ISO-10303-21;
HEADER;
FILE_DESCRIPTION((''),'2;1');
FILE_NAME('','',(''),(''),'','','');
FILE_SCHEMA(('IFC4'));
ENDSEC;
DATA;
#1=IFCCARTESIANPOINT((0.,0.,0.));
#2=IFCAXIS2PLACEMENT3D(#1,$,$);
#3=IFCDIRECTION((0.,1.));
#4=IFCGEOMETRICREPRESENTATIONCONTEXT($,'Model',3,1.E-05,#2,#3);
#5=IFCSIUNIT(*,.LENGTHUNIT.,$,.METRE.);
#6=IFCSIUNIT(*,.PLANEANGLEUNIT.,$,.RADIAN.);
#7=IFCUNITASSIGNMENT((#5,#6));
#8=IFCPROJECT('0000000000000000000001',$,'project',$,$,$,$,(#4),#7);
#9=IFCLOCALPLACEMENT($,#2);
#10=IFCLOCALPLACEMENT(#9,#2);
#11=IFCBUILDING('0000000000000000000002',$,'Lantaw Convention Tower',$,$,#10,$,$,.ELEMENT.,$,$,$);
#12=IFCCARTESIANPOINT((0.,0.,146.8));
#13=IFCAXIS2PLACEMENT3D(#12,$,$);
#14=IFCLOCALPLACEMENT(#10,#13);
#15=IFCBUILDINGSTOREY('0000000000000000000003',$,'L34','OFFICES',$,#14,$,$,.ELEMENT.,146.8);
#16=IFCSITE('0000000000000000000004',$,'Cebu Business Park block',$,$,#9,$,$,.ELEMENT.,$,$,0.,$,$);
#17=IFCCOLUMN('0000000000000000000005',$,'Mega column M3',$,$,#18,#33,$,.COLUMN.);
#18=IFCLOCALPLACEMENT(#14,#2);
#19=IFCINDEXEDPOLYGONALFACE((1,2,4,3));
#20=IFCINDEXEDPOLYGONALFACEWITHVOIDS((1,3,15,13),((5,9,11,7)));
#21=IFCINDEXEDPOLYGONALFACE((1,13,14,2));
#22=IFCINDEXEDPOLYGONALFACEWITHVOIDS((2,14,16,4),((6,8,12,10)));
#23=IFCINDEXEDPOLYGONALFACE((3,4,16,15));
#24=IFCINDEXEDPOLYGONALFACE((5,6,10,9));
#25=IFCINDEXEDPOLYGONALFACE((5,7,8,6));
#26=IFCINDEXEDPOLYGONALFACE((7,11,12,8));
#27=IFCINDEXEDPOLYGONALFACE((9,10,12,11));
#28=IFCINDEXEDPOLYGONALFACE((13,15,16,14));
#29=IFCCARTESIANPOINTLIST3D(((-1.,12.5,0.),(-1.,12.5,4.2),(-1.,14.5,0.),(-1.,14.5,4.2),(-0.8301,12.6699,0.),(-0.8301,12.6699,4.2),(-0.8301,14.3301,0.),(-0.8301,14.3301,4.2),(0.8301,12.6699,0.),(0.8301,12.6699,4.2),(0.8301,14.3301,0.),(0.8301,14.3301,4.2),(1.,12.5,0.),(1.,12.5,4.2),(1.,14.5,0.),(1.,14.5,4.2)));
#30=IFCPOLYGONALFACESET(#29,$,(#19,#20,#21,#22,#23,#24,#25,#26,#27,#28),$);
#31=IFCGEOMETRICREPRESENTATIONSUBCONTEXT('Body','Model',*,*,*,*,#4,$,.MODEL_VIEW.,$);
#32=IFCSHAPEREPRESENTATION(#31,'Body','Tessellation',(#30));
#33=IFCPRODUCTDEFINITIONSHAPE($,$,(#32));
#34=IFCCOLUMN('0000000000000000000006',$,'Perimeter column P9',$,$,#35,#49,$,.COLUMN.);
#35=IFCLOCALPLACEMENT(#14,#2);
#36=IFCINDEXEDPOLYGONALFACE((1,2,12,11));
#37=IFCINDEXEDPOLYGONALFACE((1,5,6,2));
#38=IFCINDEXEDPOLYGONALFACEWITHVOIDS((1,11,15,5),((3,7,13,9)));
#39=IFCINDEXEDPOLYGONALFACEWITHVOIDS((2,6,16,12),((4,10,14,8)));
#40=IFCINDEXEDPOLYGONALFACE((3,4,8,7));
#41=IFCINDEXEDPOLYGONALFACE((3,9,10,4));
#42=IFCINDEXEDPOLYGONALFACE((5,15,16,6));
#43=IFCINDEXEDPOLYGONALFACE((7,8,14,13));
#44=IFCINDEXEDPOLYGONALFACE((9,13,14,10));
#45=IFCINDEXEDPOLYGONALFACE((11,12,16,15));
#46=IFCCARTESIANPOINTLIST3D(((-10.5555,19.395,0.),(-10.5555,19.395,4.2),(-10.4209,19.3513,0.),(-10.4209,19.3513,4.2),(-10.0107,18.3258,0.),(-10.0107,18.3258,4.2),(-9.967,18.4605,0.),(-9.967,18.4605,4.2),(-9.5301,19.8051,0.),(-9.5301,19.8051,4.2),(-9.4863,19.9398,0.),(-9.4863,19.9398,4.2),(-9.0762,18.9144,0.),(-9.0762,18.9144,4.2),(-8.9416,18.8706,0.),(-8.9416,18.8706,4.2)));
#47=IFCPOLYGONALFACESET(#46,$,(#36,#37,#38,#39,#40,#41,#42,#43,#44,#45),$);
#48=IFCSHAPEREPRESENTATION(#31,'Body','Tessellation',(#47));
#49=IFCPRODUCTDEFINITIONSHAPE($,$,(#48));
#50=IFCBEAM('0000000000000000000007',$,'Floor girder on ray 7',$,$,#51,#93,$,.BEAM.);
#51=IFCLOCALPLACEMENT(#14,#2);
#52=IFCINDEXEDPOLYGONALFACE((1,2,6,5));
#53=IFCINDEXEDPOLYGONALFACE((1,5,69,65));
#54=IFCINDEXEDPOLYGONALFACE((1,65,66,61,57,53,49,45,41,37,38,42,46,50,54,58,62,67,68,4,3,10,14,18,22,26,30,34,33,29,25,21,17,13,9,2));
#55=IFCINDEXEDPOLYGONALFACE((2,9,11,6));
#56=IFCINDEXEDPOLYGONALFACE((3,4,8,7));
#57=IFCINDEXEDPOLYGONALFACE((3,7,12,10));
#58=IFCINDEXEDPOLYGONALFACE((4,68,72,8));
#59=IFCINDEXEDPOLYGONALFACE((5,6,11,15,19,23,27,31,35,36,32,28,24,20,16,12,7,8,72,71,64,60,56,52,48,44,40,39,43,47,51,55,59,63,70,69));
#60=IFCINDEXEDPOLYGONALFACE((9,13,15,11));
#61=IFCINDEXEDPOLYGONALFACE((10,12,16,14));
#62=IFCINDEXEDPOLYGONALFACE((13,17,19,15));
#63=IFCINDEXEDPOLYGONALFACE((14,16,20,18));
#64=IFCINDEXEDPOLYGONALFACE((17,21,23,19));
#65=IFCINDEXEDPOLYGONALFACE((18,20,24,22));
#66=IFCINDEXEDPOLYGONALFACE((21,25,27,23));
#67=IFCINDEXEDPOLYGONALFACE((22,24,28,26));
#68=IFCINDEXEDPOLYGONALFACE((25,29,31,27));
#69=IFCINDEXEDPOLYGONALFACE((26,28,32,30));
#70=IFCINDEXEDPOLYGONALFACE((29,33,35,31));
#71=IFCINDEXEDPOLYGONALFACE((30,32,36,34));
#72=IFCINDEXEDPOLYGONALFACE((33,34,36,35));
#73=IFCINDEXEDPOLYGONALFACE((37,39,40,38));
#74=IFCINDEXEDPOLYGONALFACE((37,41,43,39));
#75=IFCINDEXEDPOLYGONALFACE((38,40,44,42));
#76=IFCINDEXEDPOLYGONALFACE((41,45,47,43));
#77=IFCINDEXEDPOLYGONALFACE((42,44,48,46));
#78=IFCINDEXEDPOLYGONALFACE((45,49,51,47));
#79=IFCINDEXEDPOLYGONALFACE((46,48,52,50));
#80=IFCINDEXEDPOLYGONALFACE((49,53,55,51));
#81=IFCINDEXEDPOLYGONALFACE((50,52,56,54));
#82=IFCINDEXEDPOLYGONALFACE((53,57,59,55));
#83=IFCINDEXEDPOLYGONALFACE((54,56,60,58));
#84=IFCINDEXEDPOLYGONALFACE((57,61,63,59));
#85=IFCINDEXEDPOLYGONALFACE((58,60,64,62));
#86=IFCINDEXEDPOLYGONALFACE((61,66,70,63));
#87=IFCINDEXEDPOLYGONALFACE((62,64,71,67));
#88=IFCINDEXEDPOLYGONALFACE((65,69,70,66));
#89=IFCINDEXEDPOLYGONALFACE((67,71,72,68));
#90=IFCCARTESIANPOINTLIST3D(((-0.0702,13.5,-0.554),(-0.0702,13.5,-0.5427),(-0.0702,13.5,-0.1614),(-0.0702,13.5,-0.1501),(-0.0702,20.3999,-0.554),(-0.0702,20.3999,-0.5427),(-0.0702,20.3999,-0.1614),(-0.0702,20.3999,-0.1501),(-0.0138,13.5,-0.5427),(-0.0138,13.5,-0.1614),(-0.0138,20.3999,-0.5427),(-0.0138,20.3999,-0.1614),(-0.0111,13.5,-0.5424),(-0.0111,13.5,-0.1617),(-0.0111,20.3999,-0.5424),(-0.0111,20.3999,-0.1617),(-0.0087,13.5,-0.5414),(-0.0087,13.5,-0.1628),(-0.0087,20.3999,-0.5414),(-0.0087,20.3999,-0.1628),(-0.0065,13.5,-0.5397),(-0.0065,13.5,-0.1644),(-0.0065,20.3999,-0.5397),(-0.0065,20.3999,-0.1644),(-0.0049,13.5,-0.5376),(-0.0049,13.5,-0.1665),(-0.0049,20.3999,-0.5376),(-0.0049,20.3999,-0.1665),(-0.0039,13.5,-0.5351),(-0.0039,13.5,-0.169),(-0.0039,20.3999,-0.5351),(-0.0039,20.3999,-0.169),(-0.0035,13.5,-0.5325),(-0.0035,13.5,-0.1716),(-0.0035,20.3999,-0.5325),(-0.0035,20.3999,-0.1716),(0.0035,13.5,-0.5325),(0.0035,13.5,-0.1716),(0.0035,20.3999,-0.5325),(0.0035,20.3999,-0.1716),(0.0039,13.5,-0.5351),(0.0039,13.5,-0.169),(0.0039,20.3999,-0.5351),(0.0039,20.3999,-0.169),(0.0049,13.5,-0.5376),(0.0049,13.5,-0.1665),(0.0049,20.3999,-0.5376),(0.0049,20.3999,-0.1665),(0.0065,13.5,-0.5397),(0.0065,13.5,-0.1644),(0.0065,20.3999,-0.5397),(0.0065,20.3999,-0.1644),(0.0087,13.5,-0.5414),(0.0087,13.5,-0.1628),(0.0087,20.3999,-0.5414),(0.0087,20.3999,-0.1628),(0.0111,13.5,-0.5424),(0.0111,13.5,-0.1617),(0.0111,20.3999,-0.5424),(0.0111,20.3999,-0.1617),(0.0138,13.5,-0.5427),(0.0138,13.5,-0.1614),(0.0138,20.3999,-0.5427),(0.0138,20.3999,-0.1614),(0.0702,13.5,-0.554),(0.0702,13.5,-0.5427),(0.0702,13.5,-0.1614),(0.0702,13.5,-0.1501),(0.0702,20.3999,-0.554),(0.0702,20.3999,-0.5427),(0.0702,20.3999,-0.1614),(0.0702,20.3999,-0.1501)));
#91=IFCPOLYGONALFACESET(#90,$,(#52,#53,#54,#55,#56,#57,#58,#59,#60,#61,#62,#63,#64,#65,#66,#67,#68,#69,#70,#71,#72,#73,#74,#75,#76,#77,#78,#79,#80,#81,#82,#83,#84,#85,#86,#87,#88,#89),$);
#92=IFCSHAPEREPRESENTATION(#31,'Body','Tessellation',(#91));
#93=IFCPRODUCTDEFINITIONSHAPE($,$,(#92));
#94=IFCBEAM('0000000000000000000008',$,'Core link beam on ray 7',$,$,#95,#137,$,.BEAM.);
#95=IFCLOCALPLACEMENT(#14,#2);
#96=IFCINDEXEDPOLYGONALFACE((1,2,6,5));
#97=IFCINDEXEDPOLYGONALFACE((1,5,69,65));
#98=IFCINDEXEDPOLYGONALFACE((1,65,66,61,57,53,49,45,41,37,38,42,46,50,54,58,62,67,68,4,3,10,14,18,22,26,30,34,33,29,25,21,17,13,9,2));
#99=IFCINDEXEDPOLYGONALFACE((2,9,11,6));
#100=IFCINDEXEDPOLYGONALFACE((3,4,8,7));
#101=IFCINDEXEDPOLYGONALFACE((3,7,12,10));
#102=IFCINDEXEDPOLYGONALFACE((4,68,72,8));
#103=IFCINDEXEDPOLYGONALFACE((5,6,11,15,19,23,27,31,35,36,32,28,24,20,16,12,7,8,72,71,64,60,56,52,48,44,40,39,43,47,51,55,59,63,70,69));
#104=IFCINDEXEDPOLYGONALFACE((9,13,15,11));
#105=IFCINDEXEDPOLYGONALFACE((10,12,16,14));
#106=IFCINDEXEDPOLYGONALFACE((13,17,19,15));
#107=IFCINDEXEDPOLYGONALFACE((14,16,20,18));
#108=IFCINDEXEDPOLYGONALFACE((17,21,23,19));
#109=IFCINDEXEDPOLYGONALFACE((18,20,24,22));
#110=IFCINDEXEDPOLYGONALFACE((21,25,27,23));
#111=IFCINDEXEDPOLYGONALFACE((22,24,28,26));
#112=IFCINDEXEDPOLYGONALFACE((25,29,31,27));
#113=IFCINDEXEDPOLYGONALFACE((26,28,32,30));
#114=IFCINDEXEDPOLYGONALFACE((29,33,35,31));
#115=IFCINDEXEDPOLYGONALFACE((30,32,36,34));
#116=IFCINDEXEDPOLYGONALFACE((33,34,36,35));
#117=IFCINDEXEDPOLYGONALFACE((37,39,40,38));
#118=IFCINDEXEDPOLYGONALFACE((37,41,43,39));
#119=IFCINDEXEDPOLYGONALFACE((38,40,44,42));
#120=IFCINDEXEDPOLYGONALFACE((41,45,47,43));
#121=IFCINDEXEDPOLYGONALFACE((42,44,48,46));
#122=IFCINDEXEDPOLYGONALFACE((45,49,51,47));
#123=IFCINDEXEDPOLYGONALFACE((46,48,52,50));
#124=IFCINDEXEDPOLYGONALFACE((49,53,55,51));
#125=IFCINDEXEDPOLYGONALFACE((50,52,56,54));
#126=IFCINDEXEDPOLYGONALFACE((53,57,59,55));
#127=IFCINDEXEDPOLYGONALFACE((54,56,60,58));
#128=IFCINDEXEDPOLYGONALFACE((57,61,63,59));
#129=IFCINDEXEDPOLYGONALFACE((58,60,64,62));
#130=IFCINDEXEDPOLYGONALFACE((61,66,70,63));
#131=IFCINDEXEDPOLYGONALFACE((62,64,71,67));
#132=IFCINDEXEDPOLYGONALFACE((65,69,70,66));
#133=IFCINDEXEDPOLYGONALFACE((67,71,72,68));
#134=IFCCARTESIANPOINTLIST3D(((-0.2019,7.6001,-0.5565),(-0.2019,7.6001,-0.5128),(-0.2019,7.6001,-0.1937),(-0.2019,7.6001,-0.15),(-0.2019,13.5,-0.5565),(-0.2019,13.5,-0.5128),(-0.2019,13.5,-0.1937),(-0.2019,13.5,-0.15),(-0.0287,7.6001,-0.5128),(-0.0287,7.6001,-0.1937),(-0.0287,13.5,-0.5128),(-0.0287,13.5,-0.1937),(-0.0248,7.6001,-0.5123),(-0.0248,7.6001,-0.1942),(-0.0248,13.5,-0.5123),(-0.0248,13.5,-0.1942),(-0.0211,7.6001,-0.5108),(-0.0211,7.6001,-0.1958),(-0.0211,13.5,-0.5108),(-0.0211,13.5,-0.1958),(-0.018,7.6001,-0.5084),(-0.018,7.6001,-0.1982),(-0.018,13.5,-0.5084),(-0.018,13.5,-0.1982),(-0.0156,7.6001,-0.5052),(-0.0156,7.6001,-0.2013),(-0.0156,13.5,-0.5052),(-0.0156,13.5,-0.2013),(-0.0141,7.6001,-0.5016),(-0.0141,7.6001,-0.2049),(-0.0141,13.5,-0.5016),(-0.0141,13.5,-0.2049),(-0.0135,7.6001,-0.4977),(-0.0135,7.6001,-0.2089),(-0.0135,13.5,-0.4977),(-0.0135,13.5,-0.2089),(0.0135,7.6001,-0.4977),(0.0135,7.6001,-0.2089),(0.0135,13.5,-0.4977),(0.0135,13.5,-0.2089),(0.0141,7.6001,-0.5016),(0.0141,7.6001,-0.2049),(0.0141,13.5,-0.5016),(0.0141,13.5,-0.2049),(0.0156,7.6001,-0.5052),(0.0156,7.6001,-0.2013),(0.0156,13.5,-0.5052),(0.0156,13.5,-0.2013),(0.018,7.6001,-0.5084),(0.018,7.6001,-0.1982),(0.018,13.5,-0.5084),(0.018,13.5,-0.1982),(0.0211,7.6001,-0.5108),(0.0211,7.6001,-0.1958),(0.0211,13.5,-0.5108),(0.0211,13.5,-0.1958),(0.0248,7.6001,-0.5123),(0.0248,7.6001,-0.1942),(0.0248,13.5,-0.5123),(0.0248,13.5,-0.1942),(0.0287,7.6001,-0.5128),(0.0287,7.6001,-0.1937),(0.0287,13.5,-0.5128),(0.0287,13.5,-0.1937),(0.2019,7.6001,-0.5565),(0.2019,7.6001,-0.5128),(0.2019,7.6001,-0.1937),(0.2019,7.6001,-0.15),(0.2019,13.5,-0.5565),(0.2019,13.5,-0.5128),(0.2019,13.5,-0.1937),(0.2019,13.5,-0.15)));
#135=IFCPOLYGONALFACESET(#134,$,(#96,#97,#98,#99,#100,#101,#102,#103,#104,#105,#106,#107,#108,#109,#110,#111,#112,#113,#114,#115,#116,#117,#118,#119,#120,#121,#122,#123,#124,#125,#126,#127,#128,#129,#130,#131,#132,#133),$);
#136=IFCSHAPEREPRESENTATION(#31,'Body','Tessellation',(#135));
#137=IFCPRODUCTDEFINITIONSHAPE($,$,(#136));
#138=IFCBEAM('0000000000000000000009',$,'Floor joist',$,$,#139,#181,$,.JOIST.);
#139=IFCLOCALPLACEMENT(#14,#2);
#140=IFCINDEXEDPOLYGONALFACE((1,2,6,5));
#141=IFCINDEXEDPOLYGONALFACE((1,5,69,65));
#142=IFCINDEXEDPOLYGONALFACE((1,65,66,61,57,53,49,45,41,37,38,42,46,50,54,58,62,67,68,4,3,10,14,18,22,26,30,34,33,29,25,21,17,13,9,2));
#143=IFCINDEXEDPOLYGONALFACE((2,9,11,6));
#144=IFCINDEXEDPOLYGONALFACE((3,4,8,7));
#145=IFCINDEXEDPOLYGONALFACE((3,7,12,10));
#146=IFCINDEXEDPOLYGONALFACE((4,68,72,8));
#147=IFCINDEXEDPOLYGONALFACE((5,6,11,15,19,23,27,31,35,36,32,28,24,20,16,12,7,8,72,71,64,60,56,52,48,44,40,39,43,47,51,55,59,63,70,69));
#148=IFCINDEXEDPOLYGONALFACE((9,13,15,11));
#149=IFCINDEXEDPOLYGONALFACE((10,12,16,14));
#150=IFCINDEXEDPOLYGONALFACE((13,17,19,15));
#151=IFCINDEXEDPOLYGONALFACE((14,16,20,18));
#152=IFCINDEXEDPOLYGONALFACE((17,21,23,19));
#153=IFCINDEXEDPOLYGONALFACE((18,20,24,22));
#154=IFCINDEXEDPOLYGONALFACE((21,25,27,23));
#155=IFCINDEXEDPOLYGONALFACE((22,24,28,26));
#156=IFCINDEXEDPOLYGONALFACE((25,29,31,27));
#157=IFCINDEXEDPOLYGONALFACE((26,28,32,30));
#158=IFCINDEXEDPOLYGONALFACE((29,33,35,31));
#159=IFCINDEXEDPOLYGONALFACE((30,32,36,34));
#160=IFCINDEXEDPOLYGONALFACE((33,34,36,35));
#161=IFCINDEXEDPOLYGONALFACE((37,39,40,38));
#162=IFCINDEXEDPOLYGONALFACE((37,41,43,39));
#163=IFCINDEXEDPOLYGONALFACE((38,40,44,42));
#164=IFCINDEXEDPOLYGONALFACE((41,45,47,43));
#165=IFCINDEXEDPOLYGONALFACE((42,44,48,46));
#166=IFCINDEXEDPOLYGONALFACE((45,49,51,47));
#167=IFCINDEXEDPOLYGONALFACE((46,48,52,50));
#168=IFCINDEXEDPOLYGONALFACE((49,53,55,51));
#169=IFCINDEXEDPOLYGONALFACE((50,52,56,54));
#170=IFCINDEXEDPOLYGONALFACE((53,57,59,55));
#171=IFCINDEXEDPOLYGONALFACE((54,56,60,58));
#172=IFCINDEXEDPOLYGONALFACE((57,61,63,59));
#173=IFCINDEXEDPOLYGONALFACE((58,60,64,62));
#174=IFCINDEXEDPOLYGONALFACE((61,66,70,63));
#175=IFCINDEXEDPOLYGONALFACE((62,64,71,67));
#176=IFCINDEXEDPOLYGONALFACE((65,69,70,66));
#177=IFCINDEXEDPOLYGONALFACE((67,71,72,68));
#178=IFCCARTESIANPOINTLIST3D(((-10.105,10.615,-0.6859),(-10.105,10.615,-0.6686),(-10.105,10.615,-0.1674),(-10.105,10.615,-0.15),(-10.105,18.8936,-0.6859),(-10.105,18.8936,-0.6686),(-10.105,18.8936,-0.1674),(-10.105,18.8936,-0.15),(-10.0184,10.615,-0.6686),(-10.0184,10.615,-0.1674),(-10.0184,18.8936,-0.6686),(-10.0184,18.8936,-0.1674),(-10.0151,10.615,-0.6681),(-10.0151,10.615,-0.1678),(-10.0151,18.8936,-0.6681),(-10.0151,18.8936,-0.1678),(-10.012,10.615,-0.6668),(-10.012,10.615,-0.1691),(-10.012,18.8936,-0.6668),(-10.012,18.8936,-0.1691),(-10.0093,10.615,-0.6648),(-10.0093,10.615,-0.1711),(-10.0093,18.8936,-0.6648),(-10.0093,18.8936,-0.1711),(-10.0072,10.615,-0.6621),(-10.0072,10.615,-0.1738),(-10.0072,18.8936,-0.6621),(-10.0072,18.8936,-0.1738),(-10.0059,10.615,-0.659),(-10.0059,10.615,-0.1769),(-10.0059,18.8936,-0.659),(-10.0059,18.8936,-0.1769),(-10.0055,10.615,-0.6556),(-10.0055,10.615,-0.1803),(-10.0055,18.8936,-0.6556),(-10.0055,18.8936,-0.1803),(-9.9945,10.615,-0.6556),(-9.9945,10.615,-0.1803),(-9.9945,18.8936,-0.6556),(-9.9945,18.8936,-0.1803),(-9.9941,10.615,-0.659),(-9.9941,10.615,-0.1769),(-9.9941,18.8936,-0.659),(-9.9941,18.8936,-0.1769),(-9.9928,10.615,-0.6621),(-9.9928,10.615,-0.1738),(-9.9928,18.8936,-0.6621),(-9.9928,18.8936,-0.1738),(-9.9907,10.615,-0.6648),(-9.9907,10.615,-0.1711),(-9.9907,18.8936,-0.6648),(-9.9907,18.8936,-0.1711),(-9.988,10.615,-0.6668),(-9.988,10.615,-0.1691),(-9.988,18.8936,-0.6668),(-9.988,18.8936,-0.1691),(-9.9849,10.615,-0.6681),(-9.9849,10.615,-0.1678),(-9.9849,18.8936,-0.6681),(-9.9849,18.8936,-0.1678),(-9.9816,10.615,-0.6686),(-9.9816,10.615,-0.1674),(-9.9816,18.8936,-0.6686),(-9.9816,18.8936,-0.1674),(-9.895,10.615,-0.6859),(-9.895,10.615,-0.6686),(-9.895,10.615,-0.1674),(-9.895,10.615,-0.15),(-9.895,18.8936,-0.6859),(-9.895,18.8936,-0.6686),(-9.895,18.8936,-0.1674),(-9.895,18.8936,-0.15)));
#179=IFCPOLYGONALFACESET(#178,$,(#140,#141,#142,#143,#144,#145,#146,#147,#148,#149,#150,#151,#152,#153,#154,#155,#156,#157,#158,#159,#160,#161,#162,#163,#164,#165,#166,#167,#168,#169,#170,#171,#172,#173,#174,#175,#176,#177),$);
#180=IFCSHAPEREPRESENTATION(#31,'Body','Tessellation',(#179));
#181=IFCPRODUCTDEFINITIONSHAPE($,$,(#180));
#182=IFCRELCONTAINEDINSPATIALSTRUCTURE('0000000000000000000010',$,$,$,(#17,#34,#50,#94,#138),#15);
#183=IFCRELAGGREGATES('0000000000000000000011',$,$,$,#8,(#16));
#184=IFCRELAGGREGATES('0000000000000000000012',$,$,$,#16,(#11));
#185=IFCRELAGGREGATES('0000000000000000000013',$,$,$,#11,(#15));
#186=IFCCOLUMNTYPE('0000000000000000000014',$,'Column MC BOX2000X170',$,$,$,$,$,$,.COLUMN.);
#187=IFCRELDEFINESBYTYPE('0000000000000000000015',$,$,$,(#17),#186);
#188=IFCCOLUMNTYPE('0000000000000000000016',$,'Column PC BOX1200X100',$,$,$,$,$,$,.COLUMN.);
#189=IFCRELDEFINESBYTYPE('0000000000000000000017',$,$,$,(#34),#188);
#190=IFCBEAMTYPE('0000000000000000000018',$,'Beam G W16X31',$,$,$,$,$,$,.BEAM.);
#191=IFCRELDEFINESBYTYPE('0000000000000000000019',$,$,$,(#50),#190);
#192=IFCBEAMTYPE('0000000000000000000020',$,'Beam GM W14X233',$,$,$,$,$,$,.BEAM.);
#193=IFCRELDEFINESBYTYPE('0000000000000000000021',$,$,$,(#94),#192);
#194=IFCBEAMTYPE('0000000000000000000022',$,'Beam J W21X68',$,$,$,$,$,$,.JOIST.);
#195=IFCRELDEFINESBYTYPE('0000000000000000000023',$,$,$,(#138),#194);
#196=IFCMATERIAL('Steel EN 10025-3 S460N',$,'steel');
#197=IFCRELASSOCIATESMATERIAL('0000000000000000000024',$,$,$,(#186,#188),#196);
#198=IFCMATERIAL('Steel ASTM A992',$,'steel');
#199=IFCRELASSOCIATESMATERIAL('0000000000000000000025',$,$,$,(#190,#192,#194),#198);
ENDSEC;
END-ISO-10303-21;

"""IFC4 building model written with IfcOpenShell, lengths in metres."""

from ifc_helpers import new_model, si_unit, direction, frame, origin, origin_2d, place, context, subcontext, project, spatial, rectangle, hollow_rectangle, i_section, extrude, material, material_profile, profile_set, type_object, element, save


model = new_model("IFC4")

# Units and contexts
model_context = context("Model", 3, precision=1e-05, world=origin(), true_north=direction((0.0, 1.0)))
body_context = subcontext(model_context, "Body", "Model", "MODEL_VIEW")
ifc_project = project(units=[si_unit("LENGTHUNIT", "METRE"), si_unit("PLANEANGLEUNIT", "RADIAN")], contexts=[model_context])

# Site, building, storey
site_placement = place(None, origin())
site = spatial("IfcSite", under=ifc_project, at=site_placement, Name="Cebu Business Park block", CompositionType="ELEMENT", RefElevation=0.0)
building_placement = place(site_placement, origin())
building = spatial("IfcBuilding", under=site, at=building_placement, Name="Lantaw Convention Tower", CompositionType="ELEMENT")
storey_placement = place(building_placement, frame((0.0, 0.0, 146.8)))
storey = spatial("IfcBuildingStorey", under=building, at=storey_placement, Name="L34", Description="OFFICES", CompositionType="ELEMENT", Elevation=146.8)

# Columns
ifc_material_1 = material(Name="Steel EN 10025-3 S460N", Category="steel")
ifc_material_profile_1 = material_profile(ifc_material_1, hollow_rectangle(XDim=2.0, YDim=2.0, WallThickness=0.1699, at=origin_2d()), Name="BOX2000X170")
ifc_material_2 = material(Name="Concrete C60/75", Category="concrete")
ifc_material_profile_2 = material_profile(ifc_material_2, rectangle(XDim=1.6599, YDim=1.6599, at=origin_2d()), Name="Concrete fill of BOX2000X170")
ifc_profile_set_1 = profile_set([ifc_material_profile_1, ifc_material_profile_2], Name="Steel EN 10025-3 S460N")
column_type_1 = type_object("IfcColumnType", Name="Column MC BOX2000X170", PredefinedType="COLUMN", material=ifc_profile_set_1)
column_1_placement = place(storey_placement, frame((0.0, 13.5, 0.0), z_axis=(0.0, 0.0, 1.0), x_axis=(1.0, 0.0, 0.0)))
element("IfcColumn", 1, at=column_1_placement, inside=storey, type_object=column_type_1, Name="Mega column M3", PredefinedType="COLUMN", context=body_context, shape_type="SweptSolid", body=[
    extrude(hollow_rectangle(XDim=2.0, YDim=2.0, WallThickness=0.1699, at=origin_2d()), origin(), (0.0, 0.0, 1.0), 4.2),
])
ifc_material_profile_3 = material_profile(ifc_material_1, hollow_rectangle(XDim=1.2, YDim=1.2, WallThickness=0.1001, at=origin_2d()), Name="BOX1200X100")
ifc_material_profile_4 = material_profile(ifc_material_2, rectangle(XDim=1.0, YDim=1.0, at=origin_2d()), Name="Concrete fill of BOX1200X100")
ifc_profile_set_2 = profile_set([ifc_material_profile_3, ifc_material_profile_4], Name="Steel EN 10025-3 S460N")
column_type_2 = type_object("IfcColumnType", Name="Column PC BOX1200X100", PredefinedType="COLUMN", material=ifc_profile_set_2)
column_2_placement = place(storey_placement, frame((-9.7485, 19.1328, 0.0), z_axis=(0.0, 0.0, 1.0), x_axis=(0.891007, 0.45399, 0.0)))
element("IfcColumn", 2, at=column_2_placement, inside=storey, type_object=column_type_2, Name="Perimeter column P9", PredefinedType="COLUMN", context=body_context, shape_type="SweptSolid", body=[
    extrude(hollow_rectangle(XDim=1.2, YDim=1.2, WallThickness=0.1001, at=origin_2d()), origin(), (0.0, 0.0, 1.0), 4.2),
])

# Beams
ifc_material_3 = material(Name="Steel ASTM A992", Category="steel")
ifc_material_profile_5 = material_profile(ifc_material_3, i_section(OverallWidth=0.1404, OverallDepth=0.4038, WebThickness=0.0071, FlangeThickness=0.0112, FilletRadius=0.0103, at=origin_2d()), Name="W16X31")
ifc_profile_set_3 = profile_set([ifc_material_profile_5], Name="Steel ASTM A992")
beam_type_1 = type_object("IfcBeamType", Name="Beam G W16X31", PredefinedType="BEAM", material=ifc_profile_set_3)
beam_1_placement = place(storey_placement, frame((0.0, 13.5, -0.3521), z_axis=(0.0, 1.0, 0.0), x_axis=(-1.0, 0.0, 0.0)))
element("IfcBeam", 3, at=beam_1_placement, inside=storey, type_object=beam_type_1, Name="Floor girder on ray 7", PredefinedType="BEAM", context=body_context, shape_type="SweptSolid", body=[
    extrude(i_section(OverallWidth=0.1404, OverallDepth=0.4038, WebThickness=0.0071, FlangeThickness=0.0112, FilletRadius=0.0103, at=origin_2d()), origin(), (0.0, 0.0, 1.0), 6.8999),
])
ifc_material_profile_6 = material_profile(ifc_material_3, i_section(OverallWidth=0.4038, OverallDepth=0.4065, WebThickness=0.0271, FlangeThickness=0.0437, FilletRadius=0.0151, at=origin_2d()), Name="W14X233")
ifc_profile_set_4 = profile_set([ifc_material_profile_6], Name="Steel ASTM A992")
beam_type_2 = type_object("IfcBeamType", Name="Beam GM W14X233", PredefinedType="BEAM", material=ifc_profile_set_4)
beam_2_placement = place(storey_placement, frame((0.0, 7.6001, -0.3533), z_axis=(0.0, 1.0, 0.0), x_axis=(-1.0, 0.0, 0.0)))
element("IfcBeam", 4, at=beam_2_placement, inside=storey, type_object=beam_type_2, Name="Core link beam on ray 7", PredefinedType="BEAM", context=body_context, shape_type="SweptSolid", body=[
    extrude(i_section(OverallWidth=0.4038, OverallDepth=0.4065, WebThickness=0.0271, FlangeThickness=0.0437, FilletRadius=0.0151, at=origin_2d()), origin(), (0.0, 0.0, 1.0), 5.8999),
])
ifc_material_profile_7 = material_profile(ifc_material_3, i_section(OverallWidth=0.21, OverallDepth=0.5359, WebThickness=0.011, FlangeThickness=0.0173, FilletRadius=0.0129, at=origin_2d()), Name="W21X68")
ifc_profile_set_5 = profile_set([ifc_material_profile_7], Name="Steel ASTM A992")
beam_type_3 = type_object("IfcBeamType", Name="Beam J W21X68", PredefinedType="JOIST", material=ifc_profile_set_5)
beam_3_placement = place(storey_placement, frame((-10.0, 10.615, -0.418), z_axis=(0.0, 1.0, 0.0), x_axis=(-1.0, 0.0, 0.0)))
element("IfcBeam", 5, at=beam_3_placement, inside=storey, type_object=beam_type_3, Name="Floor joist", PredefinedType="JOIST", context=body_context, shape_type="SweptSolid", body=[
    extrude(i_section(OverallWidth=0.21, OverallDepth=0.5359, WebThickness=0.011, FlangeThickness=0.0173, FilletRadius=0.0129, at=origin_2d()), origin(), (0.0, 0.0, 1.0), 8.2786),
])

save(model, "model.ifc")
